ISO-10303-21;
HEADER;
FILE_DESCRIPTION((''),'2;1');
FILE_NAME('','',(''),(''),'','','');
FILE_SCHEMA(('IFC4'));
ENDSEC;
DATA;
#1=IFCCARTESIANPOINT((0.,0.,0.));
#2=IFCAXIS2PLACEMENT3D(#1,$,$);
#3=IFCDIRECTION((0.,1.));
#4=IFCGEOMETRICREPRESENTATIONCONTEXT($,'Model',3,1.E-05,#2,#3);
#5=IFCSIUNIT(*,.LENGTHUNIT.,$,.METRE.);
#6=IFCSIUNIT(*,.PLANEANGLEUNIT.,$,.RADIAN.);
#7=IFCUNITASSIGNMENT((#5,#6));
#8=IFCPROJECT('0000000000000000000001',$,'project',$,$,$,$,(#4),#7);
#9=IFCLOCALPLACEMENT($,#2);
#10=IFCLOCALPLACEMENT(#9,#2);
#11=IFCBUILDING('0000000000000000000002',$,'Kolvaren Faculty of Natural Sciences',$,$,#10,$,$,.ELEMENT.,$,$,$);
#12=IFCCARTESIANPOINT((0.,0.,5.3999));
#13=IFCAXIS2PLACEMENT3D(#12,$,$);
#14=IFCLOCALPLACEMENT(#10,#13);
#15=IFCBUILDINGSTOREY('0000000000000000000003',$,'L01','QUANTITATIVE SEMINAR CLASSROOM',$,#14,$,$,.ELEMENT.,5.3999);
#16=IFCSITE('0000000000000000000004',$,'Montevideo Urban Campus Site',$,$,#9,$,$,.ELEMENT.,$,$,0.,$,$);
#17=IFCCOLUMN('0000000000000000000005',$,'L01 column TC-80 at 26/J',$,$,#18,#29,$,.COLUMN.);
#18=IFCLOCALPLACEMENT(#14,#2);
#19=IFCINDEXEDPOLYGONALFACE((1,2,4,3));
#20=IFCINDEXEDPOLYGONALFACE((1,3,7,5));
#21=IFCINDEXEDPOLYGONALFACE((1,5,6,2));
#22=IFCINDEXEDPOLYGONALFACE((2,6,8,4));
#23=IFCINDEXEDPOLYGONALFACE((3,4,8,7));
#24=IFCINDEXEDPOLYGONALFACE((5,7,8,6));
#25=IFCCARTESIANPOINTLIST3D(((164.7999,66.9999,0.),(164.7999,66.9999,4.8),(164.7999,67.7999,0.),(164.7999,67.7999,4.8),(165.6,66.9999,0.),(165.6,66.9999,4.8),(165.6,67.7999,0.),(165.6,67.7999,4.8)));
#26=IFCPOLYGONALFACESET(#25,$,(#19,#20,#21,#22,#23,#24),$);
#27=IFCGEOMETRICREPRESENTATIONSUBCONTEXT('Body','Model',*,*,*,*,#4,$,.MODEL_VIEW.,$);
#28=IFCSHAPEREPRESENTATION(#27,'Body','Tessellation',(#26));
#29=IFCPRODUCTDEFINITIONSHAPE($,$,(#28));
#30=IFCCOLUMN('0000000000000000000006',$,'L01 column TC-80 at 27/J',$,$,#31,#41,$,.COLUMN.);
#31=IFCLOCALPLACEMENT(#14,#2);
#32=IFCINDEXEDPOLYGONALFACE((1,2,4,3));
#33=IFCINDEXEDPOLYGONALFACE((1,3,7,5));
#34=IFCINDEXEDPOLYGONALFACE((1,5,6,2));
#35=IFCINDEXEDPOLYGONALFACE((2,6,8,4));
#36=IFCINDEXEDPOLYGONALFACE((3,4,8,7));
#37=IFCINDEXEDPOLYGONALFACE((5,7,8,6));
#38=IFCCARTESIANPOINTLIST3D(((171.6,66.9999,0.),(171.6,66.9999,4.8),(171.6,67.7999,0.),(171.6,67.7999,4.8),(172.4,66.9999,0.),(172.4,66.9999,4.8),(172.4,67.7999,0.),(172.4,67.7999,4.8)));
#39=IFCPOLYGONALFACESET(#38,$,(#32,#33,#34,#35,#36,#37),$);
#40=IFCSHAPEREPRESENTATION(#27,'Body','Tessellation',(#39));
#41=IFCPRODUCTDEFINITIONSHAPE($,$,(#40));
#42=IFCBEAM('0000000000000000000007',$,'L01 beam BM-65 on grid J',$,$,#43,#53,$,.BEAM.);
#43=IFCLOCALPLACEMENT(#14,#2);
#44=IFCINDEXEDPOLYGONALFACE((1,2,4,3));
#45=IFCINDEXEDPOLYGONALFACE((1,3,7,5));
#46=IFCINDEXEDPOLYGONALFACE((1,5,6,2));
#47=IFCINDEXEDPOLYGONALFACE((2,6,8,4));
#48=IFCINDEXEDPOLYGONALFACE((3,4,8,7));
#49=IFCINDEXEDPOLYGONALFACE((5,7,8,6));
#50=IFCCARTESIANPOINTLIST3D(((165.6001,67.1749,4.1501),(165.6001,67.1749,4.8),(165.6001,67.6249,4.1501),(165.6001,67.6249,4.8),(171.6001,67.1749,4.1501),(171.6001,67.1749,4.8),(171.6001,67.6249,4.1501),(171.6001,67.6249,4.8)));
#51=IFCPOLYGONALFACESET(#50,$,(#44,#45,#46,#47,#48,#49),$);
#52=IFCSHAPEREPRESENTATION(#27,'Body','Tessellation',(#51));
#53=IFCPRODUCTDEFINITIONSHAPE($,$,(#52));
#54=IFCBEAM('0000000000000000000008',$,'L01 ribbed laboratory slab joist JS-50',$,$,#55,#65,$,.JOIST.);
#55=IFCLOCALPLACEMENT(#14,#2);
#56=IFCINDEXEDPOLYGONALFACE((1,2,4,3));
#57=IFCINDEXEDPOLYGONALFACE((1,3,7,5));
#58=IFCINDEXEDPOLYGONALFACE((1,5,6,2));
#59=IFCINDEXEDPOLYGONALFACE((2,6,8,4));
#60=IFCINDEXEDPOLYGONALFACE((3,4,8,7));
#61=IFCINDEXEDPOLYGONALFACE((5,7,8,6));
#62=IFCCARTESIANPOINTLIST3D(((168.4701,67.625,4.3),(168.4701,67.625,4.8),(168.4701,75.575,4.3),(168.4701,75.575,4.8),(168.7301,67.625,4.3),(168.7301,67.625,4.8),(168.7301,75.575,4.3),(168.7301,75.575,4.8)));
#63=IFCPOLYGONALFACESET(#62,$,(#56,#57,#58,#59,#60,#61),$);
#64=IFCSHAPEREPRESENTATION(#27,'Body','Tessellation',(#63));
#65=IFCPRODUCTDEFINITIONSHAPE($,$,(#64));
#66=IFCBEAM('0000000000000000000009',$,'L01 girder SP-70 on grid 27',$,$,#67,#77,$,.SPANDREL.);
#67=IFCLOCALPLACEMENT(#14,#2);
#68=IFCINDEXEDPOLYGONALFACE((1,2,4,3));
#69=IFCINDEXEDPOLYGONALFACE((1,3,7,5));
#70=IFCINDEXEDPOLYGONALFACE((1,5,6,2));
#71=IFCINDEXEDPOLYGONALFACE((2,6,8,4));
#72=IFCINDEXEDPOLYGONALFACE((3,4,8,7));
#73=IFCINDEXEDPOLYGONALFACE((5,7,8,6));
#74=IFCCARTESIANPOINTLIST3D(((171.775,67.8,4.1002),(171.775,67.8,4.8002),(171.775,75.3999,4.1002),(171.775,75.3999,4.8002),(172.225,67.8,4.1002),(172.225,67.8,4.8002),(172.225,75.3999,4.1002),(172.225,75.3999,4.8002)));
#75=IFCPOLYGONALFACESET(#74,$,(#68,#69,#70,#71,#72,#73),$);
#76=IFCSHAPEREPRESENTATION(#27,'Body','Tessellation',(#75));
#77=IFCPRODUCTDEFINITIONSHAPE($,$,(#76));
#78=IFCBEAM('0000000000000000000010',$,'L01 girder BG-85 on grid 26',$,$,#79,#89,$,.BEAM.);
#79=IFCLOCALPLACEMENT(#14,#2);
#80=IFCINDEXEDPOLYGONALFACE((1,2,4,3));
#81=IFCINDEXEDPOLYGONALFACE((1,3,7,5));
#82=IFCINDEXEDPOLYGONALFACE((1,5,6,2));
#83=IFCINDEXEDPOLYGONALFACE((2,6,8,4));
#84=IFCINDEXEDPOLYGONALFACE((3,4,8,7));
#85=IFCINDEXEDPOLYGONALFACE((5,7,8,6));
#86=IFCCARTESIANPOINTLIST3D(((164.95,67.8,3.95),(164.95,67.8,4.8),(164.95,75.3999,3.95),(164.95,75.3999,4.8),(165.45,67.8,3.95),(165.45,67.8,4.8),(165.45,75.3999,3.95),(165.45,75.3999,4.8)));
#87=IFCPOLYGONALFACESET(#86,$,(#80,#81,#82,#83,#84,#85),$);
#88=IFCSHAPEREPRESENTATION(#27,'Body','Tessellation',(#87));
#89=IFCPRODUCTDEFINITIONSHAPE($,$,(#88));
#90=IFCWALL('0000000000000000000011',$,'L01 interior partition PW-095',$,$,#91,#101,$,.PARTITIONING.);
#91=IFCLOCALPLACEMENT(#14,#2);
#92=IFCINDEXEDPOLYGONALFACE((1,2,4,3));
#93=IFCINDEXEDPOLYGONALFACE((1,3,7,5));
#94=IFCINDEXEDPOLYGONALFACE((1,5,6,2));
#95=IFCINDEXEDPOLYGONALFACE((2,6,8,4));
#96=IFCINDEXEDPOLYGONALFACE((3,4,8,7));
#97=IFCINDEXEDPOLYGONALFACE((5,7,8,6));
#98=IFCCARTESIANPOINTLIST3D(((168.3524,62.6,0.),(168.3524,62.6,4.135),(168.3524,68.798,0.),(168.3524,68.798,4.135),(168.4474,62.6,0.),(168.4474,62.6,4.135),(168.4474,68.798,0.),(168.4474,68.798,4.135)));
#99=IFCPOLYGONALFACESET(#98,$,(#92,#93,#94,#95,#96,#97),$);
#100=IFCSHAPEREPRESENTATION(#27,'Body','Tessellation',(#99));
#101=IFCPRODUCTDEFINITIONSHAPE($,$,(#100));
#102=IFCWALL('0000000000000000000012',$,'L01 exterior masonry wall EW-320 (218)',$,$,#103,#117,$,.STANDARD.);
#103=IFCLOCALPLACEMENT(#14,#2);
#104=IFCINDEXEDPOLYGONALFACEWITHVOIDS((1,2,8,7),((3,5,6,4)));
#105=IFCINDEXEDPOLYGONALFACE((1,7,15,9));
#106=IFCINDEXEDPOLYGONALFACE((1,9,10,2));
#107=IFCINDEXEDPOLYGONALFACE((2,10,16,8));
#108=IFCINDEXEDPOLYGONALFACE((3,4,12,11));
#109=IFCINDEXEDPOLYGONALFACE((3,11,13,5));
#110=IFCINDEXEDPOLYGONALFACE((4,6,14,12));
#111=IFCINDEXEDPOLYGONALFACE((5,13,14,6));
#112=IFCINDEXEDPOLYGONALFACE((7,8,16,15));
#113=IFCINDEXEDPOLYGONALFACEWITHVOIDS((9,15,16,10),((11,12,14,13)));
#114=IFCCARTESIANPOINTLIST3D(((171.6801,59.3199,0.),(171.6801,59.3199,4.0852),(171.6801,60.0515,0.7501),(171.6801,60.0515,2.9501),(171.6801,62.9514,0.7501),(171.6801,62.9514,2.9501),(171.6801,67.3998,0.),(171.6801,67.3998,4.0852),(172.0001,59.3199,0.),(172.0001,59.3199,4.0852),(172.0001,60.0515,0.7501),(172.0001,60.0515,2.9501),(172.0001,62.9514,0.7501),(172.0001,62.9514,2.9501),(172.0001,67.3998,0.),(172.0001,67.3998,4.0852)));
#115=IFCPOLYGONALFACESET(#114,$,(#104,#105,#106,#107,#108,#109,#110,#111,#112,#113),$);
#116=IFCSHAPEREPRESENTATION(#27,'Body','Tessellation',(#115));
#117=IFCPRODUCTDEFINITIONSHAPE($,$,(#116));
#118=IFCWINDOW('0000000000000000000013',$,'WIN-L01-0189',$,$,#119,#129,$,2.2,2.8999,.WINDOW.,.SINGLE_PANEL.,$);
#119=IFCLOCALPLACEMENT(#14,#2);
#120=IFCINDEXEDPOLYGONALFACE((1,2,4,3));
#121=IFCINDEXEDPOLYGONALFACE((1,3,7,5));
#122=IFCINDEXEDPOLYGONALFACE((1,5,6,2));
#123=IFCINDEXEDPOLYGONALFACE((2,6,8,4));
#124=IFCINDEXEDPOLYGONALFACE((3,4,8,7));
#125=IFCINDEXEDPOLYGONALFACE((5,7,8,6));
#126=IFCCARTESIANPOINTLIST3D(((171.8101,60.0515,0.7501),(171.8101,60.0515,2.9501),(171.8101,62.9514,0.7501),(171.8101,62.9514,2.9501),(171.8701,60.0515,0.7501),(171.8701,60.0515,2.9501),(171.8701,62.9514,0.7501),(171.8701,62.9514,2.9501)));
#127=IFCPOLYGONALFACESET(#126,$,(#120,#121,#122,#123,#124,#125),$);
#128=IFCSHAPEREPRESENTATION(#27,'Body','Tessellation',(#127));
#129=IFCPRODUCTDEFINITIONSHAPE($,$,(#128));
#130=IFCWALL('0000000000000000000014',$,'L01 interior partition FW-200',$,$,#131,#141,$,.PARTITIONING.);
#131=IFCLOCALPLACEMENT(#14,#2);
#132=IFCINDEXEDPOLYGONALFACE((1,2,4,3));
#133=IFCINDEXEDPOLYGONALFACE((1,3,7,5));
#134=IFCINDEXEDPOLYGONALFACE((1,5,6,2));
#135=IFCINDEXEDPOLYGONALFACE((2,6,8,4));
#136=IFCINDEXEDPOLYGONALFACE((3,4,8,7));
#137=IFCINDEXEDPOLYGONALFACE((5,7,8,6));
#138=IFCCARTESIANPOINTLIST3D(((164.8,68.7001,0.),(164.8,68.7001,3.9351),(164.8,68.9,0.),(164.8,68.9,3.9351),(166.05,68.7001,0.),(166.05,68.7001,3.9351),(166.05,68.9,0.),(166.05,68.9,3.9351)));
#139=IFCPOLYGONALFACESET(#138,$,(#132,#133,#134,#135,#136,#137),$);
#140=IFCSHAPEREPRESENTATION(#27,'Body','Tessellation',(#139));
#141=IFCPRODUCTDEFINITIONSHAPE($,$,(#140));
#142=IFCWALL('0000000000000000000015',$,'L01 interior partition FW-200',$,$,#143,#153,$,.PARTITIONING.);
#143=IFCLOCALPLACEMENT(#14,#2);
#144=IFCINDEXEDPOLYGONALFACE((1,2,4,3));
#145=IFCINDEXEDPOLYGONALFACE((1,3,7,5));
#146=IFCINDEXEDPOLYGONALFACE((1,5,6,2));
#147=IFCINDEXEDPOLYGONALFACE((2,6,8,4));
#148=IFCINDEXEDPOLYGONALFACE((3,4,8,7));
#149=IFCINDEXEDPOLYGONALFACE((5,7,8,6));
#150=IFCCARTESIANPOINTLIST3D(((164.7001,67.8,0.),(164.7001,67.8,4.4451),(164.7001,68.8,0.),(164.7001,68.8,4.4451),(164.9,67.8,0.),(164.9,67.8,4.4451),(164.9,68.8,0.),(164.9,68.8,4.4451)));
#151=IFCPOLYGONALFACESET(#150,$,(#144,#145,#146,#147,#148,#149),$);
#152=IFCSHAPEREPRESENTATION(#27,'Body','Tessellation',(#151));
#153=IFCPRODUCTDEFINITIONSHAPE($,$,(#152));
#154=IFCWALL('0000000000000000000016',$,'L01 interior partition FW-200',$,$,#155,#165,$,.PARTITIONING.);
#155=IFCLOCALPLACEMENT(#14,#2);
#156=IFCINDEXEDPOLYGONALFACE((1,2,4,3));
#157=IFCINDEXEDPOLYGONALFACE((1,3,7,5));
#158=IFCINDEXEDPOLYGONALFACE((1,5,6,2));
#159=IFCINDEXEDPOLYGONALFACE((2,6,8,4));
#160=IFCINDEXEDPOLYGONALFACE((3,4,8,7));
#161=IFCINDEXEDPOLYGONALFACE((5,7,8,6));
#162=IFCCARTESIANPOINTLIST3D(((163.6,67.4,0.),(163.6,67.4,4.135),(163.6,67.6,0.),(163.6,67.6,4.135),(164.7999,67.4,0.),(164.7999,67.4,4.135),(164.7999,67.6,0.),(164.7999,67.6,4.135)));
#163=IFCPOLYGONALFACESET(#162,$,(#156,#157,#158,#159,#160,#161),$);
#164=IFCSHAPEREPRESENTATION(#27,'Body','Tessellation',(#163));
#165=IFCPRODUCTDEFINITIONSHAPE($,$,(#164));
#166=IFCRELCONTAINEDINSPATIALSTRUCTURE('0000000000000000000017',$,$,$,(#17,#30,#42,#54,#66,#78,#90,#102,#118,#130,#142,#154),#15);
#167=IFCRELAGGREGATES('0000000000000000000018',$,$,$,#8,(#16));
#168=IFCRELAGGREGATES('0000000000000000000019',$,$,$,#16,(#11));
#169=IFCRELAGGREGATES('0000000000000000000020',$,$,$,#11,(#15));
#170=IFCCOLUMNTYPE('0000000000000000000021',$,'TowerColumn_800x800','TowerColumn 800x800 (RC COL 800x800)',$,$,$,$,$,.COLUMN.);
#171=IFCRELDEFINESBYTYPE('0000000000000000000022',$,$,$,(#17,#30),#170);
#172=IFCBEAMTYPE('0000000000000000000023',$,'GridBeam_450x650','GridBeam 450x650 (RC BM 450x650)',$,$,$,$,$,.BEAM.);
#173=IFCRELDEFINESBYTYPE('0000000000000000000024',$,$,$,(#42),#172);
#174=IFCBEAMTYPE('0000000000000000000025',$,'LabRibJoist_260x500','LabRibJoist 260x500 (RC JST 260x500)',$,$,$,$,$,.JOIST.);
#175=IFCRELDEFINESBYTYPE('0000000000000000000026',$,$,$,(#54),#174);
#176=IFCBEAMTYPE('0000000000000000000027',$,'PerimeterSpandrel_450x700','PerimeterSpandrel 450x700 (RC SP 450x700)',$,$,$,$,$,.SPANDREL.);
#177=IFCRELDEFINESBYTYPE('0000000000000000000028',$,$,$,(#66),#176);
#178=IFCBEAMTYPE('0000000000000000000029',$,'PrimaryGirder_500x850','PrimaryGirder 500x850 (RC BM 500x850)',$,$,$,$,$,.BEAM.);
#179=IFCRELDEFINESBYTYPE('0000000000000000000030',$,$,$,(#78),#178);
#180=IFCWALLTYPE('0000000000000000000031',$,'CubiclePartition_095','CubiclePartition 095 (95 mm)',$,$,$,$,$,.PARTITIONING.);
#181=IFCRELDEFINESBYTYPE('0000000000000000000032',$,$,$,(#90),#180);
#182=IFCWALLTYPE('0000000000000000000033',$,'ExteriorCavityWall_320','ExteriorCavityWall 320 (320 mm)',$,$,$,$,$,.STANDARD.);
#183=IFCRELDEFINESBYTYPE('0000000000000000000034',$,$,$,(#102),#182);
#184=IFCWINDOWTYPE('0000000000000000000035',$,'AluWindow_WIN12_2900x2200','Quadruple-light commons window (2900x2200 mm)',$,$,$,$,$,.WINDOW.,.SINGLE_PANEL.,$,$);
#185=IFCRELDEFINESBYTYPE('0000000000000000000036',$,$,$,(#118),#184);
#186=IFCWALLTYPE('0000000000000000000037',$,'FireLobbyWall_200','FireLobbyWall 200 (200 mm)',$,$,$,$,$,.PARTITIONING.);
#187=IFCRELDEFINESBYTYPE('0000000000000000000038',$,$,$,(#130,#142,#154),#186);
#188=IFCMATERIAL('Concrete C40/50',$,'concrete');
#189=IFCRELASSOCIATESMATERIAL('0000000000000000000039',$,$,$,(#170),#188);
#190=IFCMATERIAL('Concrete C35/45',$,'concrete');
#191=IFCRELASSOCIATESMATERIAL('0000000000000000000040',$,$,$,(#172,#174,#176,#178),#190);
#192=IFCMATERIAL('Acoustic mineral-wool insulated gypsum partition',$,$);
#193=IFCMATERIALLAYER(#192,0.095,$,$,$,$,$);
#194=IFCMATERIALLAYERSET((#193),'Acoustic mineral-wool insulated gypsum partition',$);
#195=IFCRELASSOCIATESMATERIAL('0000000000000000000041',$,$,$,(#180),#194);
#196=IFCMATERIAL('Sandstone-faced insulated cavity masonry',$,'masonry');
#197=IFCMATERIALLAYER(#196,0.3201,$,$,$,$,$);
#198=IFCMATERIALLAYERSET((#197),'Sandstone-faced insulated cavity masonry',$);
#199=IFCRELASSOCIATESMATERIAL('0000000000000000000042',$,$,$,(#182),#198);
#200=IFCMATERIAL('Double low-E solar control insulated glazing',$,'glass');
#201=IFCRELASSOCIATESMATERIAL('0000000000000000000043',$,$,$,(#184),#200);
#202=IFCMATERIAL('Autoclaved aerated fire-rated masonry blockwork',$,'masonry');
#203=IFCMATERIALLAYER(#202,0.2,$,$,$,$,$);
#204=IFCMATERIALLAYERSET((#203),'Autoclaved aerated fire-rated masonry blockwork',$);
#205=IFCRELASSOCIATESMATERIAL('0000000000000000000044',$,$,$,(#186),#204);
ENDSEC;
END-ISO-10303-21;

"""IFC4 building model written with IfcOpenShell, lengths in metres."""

from ifc_helpers import new_model, si_unit, direction, frame, frame_2d, origin, origin_2d, place, context, subcontext, project, spatial, rectangle, extrude, material, layer, layer_set, material_profile, profile_set, type_object, element, fill, save


model = new_model("IFC4")

# Units and contexts
model_context = context("Model", 3, precision=1e-05, world=origin(), true_north=direction((0.0, 1.0)))
body_context = subcontext(model_context, "Body", "Model", "MODEL_VIEW")
ifc_project = project(units=[si_unit("LENGTHUNIT", "METRE"), si_unit("PLANEANGLEUNIT", "RADIAN")], contexts=[model_context])

# Site, building, storey
site_placement = place(None, origin())
site = spatial("IfcSite", under=ifc_project, at=site_placement, Name="Montevideo Urban Campus Site", CompositionType="ELEMENT", RefElevation=0.0)
building_placement = place(site_placement, origin())
building = spatial("IfcBuilding", under=site, at=building_placement, Name="Kolvaren Faculty of Natural Sciences", CompositionType="ELEMENT")
storey_placement = place(building_placement, frame((0.0, 0.0, 5.3999)))
storey = spatial("IfcBuildingStorey", under=building, at=storey_placement, Name="L01", Description="QUANTITATIVE SEMINAR CLASSROOM", CompositionType="ELEMENT", Elevation=5.3999)

# Columns
ifc_material_1 = material(Name="Concrete C40/50", Category="concrete")
ifc_material_profile_1 = material_profile(ifc_material_1, rectangle(XDim=0.8, YDim=0.8, at=origin_2d()), Name="RC COL 800x800")
ifc_profile_set_1 = profile_set([ifc_material_profile_1], Name="Concrete C40/50")
column_type = type_object("IfcColumnType", Name="TowerColumn_800x800", Description="TowerColumn 800x800 (RC COL 800x800)", PredefinedType="COLUMN", material=ifc_profile_set_1)
for number, where, z_axis, x_axis, name in (
    (1, (165.2, 67.3999, 0.0), (0.0, 0.0, 1.0), (1.0, 0.0, 0.0), "L01 column TC-80 at 26/J"),
    (2, (172.0, 67.3999, 0.0), (0.0, 0.0, 1.0), (1.0, 0.0, 0.0), "L01 column TC-80 at 27/J"),
):
    element("IfcColumn", number, at=place(storey_placement, frame(where, z_axis=z_axis, x_axis=x_axis)), inside=storey, type_object=column_type, Name=name, PredefinedType="COLUMN", context=body_context, shape_type="SweptSolid", body=[
        extrude(rectangle(XDim=0.8, YDim=0.8, at=origin_2d()), origin(), (0.0, 0.0, 1.0), 4.8),
    ])

# Beams
ifc_material_2 = material(Name="Concrete C35/45", Category="concrete")
ifc_material_profile_2 = material_profile(ifc_material_2, rectangle(XDim=0.45, YDim=0.6499, at=origin_2d()), Name="RC BM 450x650")
ifc_profile_set_2 = profile_set([ifc_material_profile_2], Name="Concrete C35/45")
beam_type_1 = type_object("IfcBeamType", Name="GridBeam_450x650", Description="GridBeam 450x650 (RC BM 450x650)", PredefinedType="BEAM", material=ifc_profile_set_2)
beam_1_placement = place(storey_placement, frame((165.6001, 67.3999, 4.4751), z_axis=(1.0, 0.0, 0.0), x_axis=(0.0, 1.0, 0.0)))
element("IfcBeam", 3, at=beam_1_placement, inside=storey, type_object=beam_type_1, Name="L01 beam BM-65 on grid J", PredefinedType="BEAM", context=body_context, shape_type="SweptSolid", body=[
    extrude(rectangle(XDim=0.45, YDim=0.6499, at=origin_2d()), origin(), (0.0, 0.0, 1.0), 6.0),
])
ifc_material_profile_3 = material_profile(ifc_material_2, rectangle(XDim=0.26, YDim=0.5, at=origin_2d()), Name="RC JST 260x500")
ifc_profile_set_3 = profile_set([ifc_material_profile_3], Name="Concrete C35/45")
beam_type_2 = type_object("IfcBeamType", Name="LabRibJoist_260x500", Description="LabRibJoist 260x500 (RC JST 260x500)", PredefinedType="JOIST", material=ifc_profile_set_3)
beam_2_placement = place(storey_placement, frame((168.6001, 67.625, 4.55), z_axis=(0.0, 1.0, 0.0), x_axis=(-1.0, 0.0, 0.0)))
element("IfcBeam", 4, at=beam_2_placement, inside=storey, type_object=beam_type_2, Name="L01 ribbed laboratory slab joist JS-50", PredefinedType="JOIST", context=body_context, shape_type="SweptSolid", body=[
    extrude(rectangle(XDim=0.26, YDim=0.5, at=origin_2d()), origin(), (0.0, 0.0, 1.0), 7.95),
])
ifc_material_profile_4 = material_profile(ifc_material_2, rectangle(XDim=0.45, YDim=0.7, at=origin_2d()), Name="RC SP 450x700")
ifc_profile_set_4 = profile_set([ifc_material_profile_4], Name="Concrete C35/45")
beam_type_3 = type_object("IfcBeamType", Name="PerimeterSpandrel_450x700", Description="PerimeterSpandrel 450x700 (RC SP 450x700)", PredefinedType="SPANDREL", material=ifc_profile_set_4)
beam_3_placement = place(storey_placement, frame((172.0, 67.8, 4.4502), z_axis=(0.0, 1.0, 0.0), x_axis=(-1.0, 0.0, 0.0)))
element("IfcBeam", 5, at=beam_3_placement, inside=storey, type_object=beam_type_3, Name="L01 girder SP-70 on grid 27", PredefinedType="SPANDREL", context=body_context, shape_type="SweptSolid", body=[
    extrude(rectangle(XDim=0.45, YDim=0.7, at=origin_2d()), origin(), (0.0, 0.0, 1.0), 7.5999),
])
ifc_material_profile_5 = material_profile(ifc_material_2, rectangle(XDim=0.5, YDim=0.8501, at=origin_2d()), Name="RC BM 500x850")
ifc_profile_set_5 = profile_set([ifc_material_profile_5], Name="Concrete C35/45")
beam_type_4 = type_object("IfcBeamType", Name="PrimaryGirder_500x850", Description="PrimaryGirder 500x850 (RC BM 500x850)", PredefinedType="BEAM", material=ifc_profile_set_5)
beam_4_placement = place(storey_placement, frame((165.2, 67.8, 4.375), z_axis=(0.0, 1.0, 0.0), x_axis=(-1.0, 0.0, 0.0)))
element("IfcBeam", 6, at=beam_4_placement, inside=storey, type_object=beam_type_4, Name="L01 girder BG-85 on grid 26", PredefinedType="BEAM", context=body_context, shape_type="SweptSolid", body=[
    extrude(rectangle(XDim=0.5, YDim=0.8501, at=origin_2d()), origin(), (0.0, 0.0, 1.0), 7.5999),
])

# Wall
ifc_material_3 = material(Name="Acoustic mineral-wool insulated gypsum partition")
ifc_layer_1 = layer(ifc_material_3, 0.095)
ifc_layer_set_1 = layer_set([ifc_layer_1], Name="Acoustic mineral-wool insulated gypsum partition")
wall_type_1 = type_object("IfcWallType", Name="CubiclePartition_095", Description="CubiclePartition 095 (95 mm)", PredefinedType="PARTITIONING", material=ifc_layer_set_1)
wall_1_placement = place(storey_placement, frame((168.3999, 68.7981, 0.0), z_axis=(0.0, 0.0, 1.0), x_axis=(0.0, -1.0, 0.0)))
element("IfcWall", 7, at=wall_1_placement, inside=storey, type_object=wall_type_1, Name="L01 interior partition PW-095", PredefinedType="PARTITIONING", context=body_context, shape_type="SweptSolid", body=[
    extrude(rectangle(XDim=6.198, YDim=0.095, at=frame_2d((3.0991, 0.0))), origin(), (0.0, 0.0, 1.0), 4.135),
])

# Wall, opening, window
ifc_material_4 = material(Name="Sandstone-faced insulated cavity masonry", Category="masonry")
ifc_layer_2 = layer(ifc_material_4, 0.3201)
ifc_layer_set_2 = layer_set([ifc_layer_2], Name="Sandstone-faced insulated cavity masonry")
wall_type_2 = type_object("IfcWallType", Name="ExteriorCavityWall_320", Description="ExteriorCavityWall 320 (320 mm)", PredefinedType="STANDARD", material=ifc_layer_set_2)
wall_2_placement = place(storey_placement, frame((171.8401, 67.3999, 0.0), z_axis=(0.0, 0.0, 1.0), x_axis=(0.0, -1.0, 0.0)))
wall_2 = element("IfcWall", 8, at=wall_2_placement, inside=storey, type_object=wall_type_2, Name="L01 exterior masonry wall EW-320 (218)", PredefinedType="STANDARD", context=body_context, shape_type="SweptSolid", body=[
    extrude(rectangle(XDim=8.0798, YDim=0.3201, at=frame_2d((4.04, 0.0))), origin(), (0.0, 0.0, 1.0), 4.0852),
])
opening_1_placement = place(wall_2_placement, frame((4.4485, 0.0, 0.75)))
opening_1 = element("IfcOpeningElement", 9, at=opening_1_placement, cuts=wall_2, PredefinedType="OPENING", context=body_context, shape_type="SweptSolid", body=[
    extrude(rectangle(XDim=2.8999, YDim=2.2, at=frame_2d((1.45, 1.1001))), frame((0.0, 0.1699, 0.0), z_axis=(0.0, -1.0, 0.0), x_axis=(1.0, 0.0, 0.0)), (0.0, 0.0, 1.0), 0.3401),
])
ifc_material_5 = material(Name="Double low-E solar control insulated glazing", Category="glass")
window_type = type_object("IfcWindowType", Name="AluWindow_WIN12_2900x2200", Description="Quadruple-light commons window (2900x2200 mm)", PartitioningType="SINGLE_PANEL", PredefinedType="WINDOW", material=ifc_material_5)
window_placement = place(opening_1_placement, origin())
window = element("IfcWindow", 10, at=window_placement, inside=storey, type_object=window_type, Name="WIN-L01-0189", OverallHeight=2.2, OverallWidth=2.8999, PartitioningType="SINGLE_PANEL", PredefinedType="WINDOW", context=body_context, shape_type="SweptSolid", body=[
    extrude(rectangle(XDim=2.8999, YDim=2.2, at=frame_2d((1.45, 1.1001))), frame((0.0, 0.03, 0.0), z_axis=(0.0, -1.0, 0.0), x_axis=(1.0, 0.0, 0.0)), (0.0, 0.0, 1.0), 0.0601),
])
fill(opening_1, window)

# Walls
ifc_material_6 = material(Name="Autoclaved aerated fire-rated masonry blockwork", Category="masonry")
ifc_layer_3 = layer(ifc_material_6, 0.2)
ifc_layer_set_3 = layer_set([ifc_layer_3], Name="Autoclaved aerated fire-rated masonry blockwork")
wall_type_3 = type_object("IfcWallType", Name="FireLobbyWall_200", Description="FireLobbyWall 200 (200 mm)", PredefinedType="PARTITIONING", material=ifc_layer_set_3)
wall_3_placement = place(storey_placement, frame((166.05, 68.8, 0.0), z_axis=(0.0, 0.0, 1.0), x_axis=(-1.0, 0.0, 0.0)))
element("IfcWall", 11, at=wall_3_placement, inside=storey, type_object=wall_type_3, Name="L01 interior partition FW-200", PredefinedType="PARTITIONING", context=body_context, shape_type="SweptSolid", body=[
    extrude(rectangle(XDim=1.25, YDim=0.2, at=frame_2d((0.625, 0.0))), origin(), (0.0, 0.0, 1.0), 3.9351),
])
wall_4_placement = place(storey_placement, frame((164.8, 68.8, 0.0), z_axis=(0.0, 0.0, 1.0), x_axis=(0.0, -1.0, 0.0)))
element("IfcWall", 12, at=wall_4_placement, inside=storey, type_object=wall_type_3, Name="L01 interior partition FW-200", PredefinedType="PARTITIONING", context=body_context, shape_type="SweptSolid", body=[
    extrude(rectangle(XDim=1.0, YDim=0.2, at=frame_2d((0.5, 0.0))), origin(), (0.0, 0.0, 1.0), 4.4451),
])
wall_5_placement = place(storey_placement, frame((164.8, 67.5, 0.0), z_axis=(0.0, 0.0, 1.0), x_axis=(-1.0, 0.0, 0.0)))
element("IfcWall", 13, at=wall_5_placement, inside=storey, type_object=wall_type_3, Name="L01 interior partition FW-200", PredefinedType="PARTITIONING", context=body_context, shape_type="SweptSolid", body=[
    extrude(rectangle(XDim=1.2, YDim=0.2, at=frame_2d((0.6001, 0.0))), origin(), (0.0, 0.0, 1.0), 4.135),
])

save(model, "model.ifc")
